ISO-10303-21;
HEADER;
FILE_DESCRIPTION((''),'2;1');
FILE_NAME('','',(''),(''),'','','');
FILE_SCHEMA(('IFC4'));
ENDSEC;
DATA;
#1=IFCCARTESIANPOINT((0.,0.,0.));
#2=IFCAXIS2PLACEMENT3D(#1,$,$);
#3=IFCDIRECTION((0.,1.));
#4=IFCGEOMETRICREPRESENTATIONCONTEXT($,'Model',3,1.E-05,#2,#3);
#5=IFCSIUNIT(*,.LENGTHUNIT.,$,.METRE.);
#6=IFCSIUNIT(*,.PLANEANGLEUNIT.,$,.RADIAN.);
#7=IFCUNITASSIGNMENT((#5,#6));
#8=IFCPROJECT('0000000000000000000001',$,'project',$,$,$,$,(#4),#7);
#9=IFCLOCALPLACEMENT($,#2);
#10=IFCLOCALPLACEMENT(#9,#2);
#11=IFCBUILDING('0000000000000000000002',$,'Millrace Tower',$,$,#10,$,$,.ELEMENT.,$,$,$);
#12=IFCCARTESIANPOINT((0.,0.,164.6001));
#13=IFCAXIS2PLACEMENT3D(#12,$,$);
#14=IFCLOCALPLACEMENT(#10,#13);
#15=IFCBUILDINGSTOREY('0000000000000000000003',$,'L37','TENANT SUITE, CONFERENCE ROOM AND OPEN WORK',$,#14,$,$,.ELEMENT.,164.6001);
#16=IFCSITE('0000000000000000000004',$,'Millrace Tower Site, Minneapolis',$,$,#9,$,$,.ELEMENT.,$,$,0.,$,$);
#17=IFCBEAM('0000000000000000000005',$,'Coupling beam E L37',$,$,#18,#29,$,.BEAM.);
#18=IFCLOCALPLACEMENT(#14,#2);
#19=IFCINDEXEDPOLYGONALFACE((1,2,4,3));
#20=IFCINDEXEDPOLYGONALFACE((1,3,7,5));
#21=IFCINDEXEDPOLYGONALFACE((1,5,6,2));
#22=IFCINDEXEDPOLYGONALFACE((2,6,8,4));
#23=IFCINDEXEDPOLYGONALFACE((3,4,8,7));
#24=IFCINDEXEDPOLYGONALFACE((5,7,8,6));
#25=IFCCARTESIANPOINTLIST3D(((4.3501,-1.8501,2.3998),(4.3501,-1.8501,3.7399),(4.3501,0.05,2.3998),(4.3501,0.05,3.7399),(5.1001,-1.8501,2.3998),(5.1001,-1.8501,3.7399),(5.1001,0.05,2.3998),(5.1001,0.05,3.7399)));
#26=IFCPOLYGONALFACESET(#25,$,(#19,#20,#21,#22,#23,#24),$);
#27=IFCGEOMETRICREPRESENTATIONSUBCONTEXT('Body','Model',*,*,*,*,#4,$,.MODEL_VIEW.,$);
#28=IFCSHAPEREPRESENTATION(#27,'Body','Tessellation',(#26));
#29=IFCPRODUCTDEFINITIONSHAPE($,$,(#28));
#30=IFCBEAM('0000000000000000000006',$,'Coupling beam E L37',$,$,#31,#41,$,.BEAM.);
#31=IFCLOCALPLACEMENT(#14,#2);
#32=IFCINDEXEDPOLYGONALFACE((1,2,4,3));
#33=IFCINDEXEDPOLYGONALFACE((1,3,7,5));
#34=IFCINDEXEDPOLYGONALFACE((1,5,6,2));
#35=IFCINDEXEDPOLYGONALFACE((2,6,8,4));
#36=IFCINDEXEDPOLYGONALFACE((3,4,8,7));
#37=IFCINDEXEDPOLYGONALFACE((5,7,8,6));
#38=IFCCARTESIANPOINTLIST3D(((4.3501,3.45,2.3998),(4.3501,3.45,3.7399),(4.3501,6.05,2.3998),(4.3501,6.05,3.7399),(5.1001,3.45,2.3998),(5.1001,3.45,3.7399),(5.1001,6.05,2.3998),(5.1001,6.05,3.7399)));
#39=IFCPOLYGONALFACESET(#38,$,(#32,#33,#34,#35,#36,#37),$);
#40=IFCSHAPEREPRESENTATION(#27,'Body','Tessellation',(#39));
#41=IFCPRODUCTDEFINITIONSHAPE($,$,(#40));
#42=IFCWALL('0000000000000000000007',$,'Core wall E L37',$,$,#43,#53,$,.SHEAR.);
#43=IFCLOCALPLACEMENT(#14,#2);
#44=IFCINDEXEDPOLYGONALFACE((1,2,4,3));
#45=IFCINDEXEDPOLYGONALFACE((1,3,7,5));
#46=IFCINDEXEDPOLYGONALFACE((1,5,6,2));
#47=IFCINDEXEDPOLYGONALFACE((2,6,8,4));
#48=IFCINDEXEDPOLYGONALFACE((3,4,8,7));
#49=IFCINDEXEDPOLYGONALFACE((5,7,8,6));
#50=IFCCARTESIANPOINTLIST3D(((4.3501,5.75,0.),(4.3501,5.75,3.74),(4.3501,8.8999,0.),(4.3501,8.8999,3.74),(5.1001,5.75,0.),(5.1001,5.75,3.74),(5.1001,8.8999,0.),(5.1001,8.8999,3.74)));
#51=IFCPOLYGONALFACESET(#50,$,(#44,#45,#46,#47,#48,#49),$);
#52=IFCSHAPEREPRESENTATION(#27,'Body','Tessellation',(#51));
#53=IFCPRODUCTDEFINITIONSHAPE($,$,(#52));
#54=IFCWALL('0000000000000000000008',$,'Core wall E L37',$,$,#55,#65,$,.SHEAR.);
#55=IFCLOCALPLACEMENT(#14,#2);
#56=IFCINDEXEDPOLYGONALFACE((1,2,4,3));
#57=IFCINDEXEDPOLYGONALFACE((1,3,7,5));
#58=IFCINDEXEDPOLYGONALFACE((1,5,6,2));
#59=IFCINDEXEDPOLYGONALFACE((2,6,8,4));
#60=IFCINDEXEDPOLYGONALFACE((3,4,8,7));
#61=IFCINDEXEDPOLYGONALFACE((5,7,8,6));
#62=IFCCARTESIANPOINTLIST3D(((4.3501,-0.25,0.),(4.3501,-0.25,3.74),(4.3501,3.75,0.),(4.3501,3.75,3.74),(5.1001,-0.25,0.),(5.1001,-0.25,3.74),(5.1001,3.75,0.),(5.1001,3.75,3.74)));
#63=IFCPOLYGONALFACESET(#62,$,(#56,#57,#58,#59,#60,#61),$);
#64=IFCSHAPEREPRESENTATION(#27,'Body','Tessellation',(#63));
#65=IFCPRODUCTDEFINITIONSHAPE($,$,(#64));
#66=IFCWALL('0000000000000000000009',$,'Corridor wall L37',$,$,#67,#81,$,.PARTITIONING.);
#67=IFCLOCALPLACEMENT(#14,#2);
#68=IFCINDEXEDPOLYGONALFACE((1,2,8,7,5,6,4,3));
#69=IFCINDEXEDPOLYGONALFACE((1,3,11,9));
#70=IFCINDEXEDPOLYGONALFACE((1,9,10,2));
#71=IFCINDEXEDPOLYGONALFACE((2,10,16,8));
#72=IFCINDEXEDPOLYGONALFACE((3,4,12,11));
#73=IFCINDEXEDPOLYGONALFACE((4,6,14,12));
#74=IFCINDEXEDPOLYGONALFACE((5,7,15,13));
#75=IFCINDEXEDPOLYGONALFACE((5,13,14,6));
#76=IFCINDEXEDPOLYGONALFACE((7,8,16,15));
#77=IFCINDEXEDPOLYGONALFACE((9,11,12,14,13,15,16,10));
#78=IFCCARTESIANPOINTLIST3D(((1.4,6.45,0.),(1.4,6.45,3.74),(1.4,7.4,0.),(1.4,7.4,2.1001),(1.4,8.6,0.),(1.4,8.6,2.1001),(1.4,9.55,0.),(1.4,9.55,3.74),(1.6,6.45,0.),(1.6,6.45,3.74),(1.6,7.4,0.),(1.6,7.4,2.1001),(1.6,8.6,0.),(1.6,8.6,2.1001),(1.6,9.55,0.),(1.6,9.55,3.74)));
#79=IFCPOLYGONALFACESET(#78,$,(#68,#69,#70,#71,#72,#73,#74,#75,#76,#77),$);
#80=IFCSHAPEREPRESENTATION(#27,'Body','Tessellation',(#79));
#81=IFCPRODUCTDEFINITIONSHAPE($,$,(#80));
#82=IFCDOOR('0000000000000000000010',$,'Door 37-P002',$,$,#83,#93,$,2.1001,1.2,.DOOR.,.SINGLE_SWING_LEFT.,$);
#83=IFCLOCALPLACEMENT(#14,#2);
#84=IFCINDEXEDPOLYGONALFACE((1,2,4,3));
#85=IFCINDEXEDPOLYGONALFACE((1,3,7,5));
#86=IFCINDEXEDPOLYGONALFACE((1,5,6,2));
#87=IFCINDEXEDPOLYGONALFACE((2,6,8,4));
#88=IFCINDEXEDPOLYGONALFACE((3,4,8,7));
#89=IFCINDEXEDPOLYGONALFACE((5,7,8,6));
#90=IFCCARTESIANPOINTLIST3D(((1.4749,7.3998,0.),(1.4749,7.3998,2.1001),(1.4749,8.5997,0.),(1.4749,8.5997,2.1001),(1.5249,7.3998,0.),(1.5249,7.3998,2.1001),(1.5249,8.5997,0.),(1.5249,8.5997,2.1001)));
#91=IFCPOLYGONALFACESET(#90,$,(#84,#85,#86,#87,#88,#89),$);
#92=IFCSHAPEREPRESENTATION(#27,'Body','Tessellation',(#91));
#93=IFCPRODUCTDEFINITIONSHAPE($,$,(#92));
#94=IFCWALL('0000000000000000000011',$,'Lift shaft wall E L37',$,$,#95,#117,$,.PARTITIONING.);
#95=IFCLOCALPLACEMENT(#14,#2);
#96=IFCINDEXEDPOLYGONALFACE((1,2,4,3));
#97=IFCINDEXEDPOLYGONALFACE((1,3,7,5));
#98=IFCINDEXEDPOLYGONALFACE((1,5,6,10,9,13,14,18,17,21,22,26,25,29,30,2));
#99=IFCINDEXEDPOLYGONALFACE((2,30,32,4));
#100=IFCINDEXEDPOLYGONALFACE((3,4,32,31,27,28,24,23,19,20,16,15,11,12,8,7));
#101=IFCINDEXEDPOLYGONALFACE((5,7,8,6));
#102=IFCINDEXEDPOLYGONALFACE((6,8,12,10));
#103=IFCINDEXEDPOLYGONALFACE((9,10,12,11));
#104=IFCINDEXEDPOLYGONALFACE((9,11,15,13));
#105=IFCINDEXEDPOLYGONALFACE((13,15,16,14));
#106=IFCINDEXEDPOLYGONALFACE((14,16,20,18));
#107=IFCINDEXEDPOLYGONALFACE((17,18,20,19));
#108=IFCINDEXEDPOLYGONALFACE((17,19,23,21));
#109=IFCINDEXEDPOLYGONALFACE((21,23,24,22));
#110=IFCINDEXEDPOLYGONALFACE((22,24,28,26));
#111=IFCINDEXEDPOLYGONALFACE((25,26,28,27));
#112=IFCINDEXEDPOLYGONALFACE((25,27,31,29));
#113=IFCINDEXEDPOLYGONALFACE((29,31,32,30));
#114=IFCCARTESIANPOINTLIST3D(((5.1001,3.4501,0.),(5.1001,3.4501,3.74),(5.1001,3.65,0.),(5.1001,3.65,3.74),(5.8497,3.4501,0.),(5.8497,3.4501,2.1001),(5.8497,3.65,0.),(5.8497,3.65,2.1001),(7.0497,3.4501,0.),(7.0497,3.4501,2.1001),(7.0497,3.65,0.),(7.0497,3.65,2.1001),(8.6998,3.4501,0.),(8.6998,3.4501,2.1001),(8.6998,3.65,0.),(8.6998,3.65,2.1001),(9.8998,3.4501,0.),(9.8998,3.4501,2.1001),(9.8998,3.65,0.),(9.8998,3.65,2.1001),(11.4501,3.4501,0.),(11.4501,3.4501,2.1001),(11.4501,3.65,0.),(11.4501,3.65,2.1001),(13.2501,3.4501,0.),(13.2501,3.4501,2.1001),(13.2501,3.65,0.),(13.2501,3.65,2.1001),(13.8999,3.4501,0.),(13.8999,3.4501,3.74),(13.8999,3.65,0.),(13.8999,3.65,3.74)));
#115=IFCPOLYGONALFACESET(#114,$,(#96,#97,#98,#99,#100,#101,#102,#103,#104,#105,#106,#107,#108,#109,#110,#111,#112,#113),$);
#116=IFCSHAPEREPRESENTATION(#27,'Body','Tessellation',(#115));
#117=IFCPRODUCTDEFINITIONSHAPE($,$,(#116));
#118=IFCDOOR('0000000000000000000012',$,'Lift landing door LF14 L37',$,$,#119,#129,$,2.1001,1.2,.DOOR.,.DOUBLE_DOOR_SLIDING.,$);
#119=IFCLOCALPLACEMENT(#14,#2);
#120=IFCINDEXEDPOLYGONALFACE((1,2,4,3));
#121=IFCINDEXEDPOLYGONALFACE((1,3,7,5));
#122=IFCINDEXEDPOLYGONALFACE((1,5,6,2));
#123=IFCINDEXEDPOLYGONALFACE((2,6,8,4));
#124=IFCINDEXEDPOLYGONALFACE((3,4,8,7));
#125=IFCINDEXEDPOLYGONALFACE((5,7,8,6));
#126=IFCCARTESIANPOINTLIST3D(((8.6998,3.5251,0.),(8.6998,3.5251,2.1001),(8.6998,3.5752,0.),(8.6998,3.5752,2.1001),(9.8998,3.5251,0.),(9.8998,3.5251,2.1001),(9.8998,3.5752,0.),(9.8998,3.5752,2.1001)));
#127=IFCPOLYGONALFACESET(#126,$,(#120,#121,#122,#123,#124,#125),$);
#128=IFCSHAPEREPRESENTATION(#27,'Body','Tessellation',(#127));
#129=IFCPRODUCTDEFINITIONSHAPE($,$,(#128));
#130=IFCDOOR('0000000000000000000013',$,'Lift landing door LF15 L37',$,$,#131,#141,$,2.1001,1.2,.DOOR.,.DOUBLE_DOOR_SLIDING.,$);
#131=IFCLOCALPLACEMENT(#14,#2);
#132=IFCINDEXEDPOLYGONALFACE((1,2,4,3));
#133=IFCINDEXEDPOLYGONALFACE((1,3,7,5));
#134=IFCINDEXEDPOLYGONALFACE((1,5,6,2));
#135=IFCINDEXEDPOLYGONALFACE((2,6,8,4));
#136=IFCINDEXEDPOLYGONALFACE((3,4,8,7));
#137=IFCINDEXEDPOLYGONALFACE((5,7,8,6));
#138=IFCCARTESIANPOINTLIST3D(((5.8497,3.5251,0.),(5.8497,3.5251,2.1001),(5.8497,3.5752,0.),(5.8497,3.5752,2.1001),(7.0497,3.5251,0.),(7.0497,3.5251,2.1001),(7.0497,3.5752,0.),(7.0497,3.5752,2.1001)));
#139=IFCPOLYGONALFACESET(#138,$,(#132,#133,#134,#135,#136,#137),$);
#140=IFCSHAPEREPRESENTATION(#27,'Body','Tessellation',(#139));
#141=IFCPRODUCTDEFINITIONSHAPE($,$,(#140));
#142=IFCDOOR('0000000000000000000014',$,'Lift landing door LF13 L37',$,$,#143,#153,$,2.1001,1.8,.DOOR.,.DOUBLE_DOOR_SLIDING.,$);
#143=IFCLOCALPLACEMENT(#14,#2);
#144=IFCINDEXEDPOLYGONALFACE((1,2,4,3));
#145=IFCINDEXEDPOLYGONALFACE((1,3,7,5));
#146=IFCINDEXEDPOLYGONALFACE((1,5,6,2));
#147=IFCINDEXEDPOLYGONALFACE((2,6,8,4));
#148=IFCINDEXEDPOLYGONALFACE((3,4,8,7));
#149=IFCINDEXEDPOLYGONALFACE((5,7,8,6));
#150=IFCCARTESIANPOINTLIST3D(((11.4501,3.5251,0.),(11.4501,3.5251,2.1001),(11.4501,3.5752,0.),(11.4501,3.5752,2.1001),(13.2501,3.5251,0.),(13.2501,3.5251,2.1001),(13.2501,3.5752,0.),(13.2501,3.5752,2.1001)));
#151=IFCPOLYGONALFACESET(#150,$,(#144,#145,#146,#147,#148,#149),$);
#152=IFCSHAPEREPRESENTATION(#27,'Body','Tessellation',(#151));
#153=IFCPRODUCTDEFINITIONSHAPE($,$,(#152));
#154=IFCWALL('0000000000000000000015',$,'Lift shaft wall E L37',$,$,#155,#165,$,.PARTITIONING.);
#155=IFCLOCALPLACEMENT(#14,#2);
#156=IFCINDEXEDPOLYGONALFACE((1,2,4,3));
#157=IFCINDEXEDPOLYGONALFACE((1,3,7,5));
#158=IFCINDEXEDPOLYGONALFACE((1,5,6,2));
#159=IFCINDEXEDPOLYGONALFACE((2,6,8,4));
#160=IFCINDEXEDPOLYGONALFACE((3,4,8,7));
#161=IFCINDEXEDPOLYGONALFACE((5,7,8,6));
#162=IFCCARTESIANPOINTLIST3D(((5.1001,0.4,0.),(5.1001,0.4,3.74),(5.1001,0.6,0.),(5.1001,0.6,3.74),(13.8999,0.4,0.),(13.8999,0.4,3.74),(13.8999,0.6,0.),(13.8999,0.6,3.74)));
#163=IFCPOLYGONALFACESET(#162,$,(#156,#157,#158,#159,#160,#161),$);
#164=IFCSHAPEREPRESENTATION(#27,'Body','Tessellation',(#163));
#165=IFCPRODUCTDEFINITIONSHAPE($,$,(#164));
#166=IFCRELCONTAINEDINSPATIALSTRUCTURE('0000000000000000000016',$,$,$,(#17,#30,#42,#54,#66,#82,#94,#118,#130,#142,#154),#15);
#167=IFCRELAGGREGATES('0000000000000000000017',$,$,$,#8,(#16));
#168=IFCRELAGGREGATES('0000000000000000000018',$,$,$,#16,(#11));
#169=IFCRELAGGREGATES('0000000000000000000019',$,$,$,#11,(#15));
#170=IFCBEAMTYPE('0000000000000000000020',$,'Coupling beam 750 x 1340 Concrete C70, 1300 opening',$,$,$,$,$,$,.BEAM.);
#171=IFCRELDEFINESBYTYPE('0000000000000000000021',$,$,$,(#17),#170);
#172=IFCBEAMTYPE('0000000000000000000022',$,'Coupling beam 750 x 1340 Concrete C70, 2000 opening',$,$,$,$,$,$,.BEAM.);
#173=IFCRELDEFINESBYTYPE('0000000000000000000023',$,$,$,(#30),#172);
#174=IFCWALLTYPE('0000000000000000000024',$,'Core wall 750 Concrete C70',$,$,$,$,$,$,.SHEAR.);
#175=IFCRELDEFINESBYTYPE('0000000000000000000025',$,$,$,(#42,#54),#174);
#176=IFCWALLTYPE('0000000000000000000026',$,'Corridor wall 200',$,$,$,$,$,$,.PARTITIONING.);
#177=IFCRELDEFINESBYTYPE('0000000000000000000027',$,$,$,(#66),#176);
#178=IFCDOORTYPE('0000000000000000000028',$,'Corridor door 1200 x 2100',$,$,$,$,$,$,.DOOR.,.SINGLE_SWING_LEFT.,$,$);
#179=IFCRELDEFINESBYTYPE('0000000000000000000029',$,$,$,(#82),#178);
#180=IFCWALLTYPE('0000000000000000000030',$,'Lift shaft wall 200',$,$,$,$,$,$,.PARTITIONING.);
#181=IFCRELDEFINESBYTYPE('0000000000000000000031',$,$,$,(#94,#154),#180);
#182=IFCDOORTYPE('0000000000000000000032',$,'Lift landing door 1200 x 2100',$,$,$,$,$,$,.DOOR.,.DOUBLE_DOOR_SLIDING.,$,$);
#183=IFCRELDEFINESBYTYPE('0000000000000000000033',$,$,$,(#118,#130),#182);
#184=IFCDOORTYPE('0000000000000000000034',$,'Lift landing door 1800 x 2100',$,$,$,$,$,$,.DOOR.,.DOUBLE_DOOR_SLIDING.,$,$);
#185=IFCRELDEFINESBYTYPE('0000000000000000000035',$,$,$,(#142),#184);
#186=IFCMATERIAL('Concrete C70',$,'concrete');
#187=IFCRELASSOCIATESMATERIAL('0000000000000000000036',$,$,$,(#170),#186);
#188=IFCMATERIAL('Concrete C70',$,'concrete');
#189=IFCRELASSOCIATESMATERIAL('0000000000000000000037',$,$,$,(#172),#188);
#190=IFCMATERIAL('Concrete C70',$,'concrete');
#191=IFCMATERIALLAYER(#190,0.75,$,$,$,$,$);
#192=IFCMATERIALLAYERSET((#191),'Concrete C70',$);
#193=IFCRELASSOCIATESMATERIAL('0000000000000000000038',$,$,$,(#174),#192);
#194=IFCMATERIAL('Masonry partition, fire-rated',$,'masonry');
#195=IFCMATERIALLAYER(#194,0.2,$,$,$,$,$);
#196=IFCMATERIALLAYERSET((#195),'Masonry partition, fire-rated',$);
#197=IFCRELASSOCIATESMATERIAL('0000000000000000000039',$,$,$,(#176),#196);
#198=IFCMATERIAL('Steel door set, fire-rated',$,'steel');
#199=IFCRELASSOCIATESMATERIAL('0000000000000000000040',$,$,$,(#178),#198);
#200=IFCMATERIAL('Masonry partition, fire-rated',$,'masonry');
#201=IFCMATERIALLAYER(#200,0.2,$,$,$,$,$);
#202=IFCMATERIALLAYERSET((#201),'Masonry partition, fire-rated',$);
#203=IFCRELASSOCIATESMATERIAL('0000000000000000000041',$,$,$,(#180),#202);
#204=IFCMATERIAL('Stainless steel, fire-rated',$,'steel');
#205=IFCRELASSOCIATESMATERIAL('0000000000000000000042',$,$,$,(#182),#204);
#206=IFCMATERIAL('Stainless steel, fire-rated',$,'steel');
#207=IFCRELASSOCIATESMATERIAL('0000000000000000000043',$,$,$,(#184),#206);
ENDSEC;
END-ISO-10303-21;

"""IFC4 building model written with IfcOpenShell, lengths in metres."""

from ifc_helpers import new_model, si_unit, direction, frame, frame_2d, origin, origin_2d, place, context, subcontext, project, spatial, rectangle, extrude, material, layer, layer_set, material_profile, profile_set, type_object, element, fill, save


model = new_model("IFC4")

# Units and contexts
model_context = context("Model", 3, precision=1e-05, world=origin(), true_north=direction((0.0, 1.0)))
body_context = subcontext(model_context, "Body", "Model", "MODEL_VIEW")
ifc_project = project(units=[si_unit("LENGTHUNIT", "METRE"), si_unit("PLANEANGLEUNIT", "RADIAN")], contexts=[model_context])

# Site, building, storey
site_placement = place(None, origin())
site = spatial("IfcSite", under=ifc_project, at=site_placement, Name="Millrace Tower Site, Minneapolis", CompositionType="ELEMENT", RefElevation=0.0)
building_placement = place(site_placement, origin())
building = spatial("IfcBuilding", under=site, at=building_placement, Name="Millrace Tower", CompositionType="ELEMENT")
storey_placement = place(building_placement, frame((0.0, 0.0, 164.6001)))
storey = spatial("IfcBuildingStorey", under=building, at=storey_placement, Name="L37", Description="TENANT SUITE, CONFERENCE ROOM AND OPEN WORK", CompositionType="ELEMENT", Elevation=164.6001)

# Beams
ifc_material_1 = material(Name="Concrete C70", Category="concrete")
ifc_material_profile_1 = material_profile(ifc_material_1, rectangle(XDim=0.75, YDim=1.3401, at=origin_2d()))
ifc_profile_set_1 = profile_set([ifc_material_profile_1], Name="Concrete C70")
beam_type_1 = type_object("IfcBeamType", Name="Coupling beam 750 x 1340 Concrete C70, 1300 opening", PredefinedType="BEAM", material=ifc_profile_set_1)
beam_1_placement = place(storey_placement, frame((4.7251, 0.05, 3.0698), z_axis=(0.0, -1.0, 0.0), x_axis=(1.0, 0.0, 0.0)))
element("IfcBeam", 1, at=beam_1_placement, inside=storey, type_object=beam_type_1, Name="Coupling beam E L37", PredefinedType="BEAM", context=body_context, shape_type="SweptSolid", body=[
    extrude(rectangle(XDim=0.75, YDim=1.3401, at=origin_2d()), origin(), (0.0, 0.0, 1.0), 1.9001),
])
ifc_material_2 = material(Name="Concrete C70", Category="concrete")
ifc_material_profile_2 = material_profile(ifc_material_2, rectangle(XDim=0.75, YDim=1.3401, at=origin_2d()))
ifc_profile_set_2 = profile_set([ifc_material_profile_2], Name="Concrete C70")
beam_type_2 = type_object("IfcBeamType", Name="Coupling beam 750 x 1340 Concrete C70, 2000 opening", PredefinedType="BEAM", material=ifc_profile_set_2)
beam_2_placement = place(storey_placement, frame((4.7251, 6.05, 3.0698), z_axis=(0.0, -1.0, 0.0), x_axis=(1.0, 0.0, 0.0)))
element("IfcBeam", 2, at=beam_2_placement, inside=storey, type_object=beam_type_2, Name="Coupling beam E L37", PredefinedType="BEAM", context=body_context, shape_type="SweptSolid", body=[
    extrude(rectangle(XDim=0.75, YDim=1.3401, at=origin_2d()), origin(), (0.0, 0.0, 1.0), 2.6001),
])

# Walls
ifc_material_3 = material(Name="Concrete C70", Category="concrete")
ifc_layer_1 = layer(ifc_material_3, 0.75)
ifc_layer_set_1 = layer_set([ifc_layer_1], Name="Concrete C70")
wall_type_1 = type_object("IfcWallType", Name="Core wall 750 Concrete C70", PredefinedType="SHEAR", material=ifc_layer_set_1)
wall_1_placement = place(storey_placement, frame((4.7251, 8.8999, 0.0), z_axis=(0.0, 0.0, 1.0), x_axis=(0.0, -1.0, 0.0)))
element("IfcWall", 3, at=wall_1_placement, inside=storey, type_object=wall_type_1, Name="Core wall E L37", PredefinedType="SHEAR", context=body_context, shape_type="SweptSolid", body=[
    extrude(rectangle(XDim=3.1499, YDim=0.75, at=frame_2d((1.575, 0.0))), origin(), (0.0, 0.0, 1.0), 3.74),
])
wall_2_placement = place(storey_placement, frame((4.7251, 3.75, 0.0), z_axis=(0.0, 0.0, 1.0), x_axis=(0.0, -1.0, 0.0)))
element("IfcWall", 4, at=wall_2_placement, inside=storey, type_object=wall_type_1, Name="Core wall E L37", PredefinedType="SHEAR", context=body_context, shape_type="SweptSolid", body=[
    extrude(rectangle(XDim=4.0, YDim=0.75, at=frame_2d((2.0, 0.0))), origin(), (0.0, 0.0, 1.0), 3.74),
])

# Wall, opening, door
ifc_material_4 = material(Name="Masonry partition, fire-rated", Category="masonry")
ifc_layer_2 = layer(ifc_material_4, 0.2)
ifc_layer_set_2 = layer_set([ifc_layer_2], Name="Masonry partition, fire-rated")
wall_type_2 = type_object("IfcWallType", Name="Corridor wall 200", PredefinedType="PARTITIONING", material=ifc_layer_set_2)
wall_3_placement = place(storey_placement, frame((1.5, 6.45, 0.0), z_axis=(0.0, 0.0, 1.0), x_axis=(0.0, 1.0, 0.0)))
wall_3 = element("IfcWall", 5, at=wall_3_placement, inside=storey, type_object=wall_type_2, Name="Corridor wall L37", PredefinedType="PARTITIONING", context=body_context, shape_type="SweptSolid", body=[
    extrude(rectangle(XDim=3.1001, YDim=0.2, at=frame_2d((1.55, 0.0))), origin(), (0.0, 0.0, 1.0), 3.74),
])
opening_1_placement = place(wall_3_placement, frame((0.95, 0.0, 0.0)))
opening_1 = element("IfcOpeningElement", 6, at=opening_1_placement, cuts=wall_3, PredefinedType="OPENING", context=body_context, shape_type="SweptSolid", body=[
    extrude(rectangle(XDim=1.2, YDim=2.1001, at=frame_2d((0.6001, 1.05))), frame((0.0, 0.1099, 0.0), z_axis=(0.0, -1.0, 0.0), x_axis=(1.0, 0.0, 0.0)), (0.0, 0.0, 1.0), 0.22),
])
ifc_material_5 = material(Name="Steel door set, fire-rated", Category="steel")
door_type_1 = type_object("IfcDoorType", Name="Corridor door 1200 x 2100", OperationType="SINGLE_SWING_LEFT", PredefinedType="DOOR", material=ifc_material_5)
door_1_placement = place(opening_1_placement, frame((1.2, 0.0, 0.0), z_axis=(0.0, 0.0, 1.0), x_axis=(-1.0, 0.0, 0.0)))
door_1 = element("IfcDoor", 7, at=door_1_placement, inside=storey, type_object=door_type_1, Name="Door 37-P002", OperationType="SINGLE_SWING_LEFT", OverallHeight=2.1001, OverallWidth=1.2, PredefinedType="DOOR", context=body_context, shape_type="SweptSolid", body=[
    extrude(rectangle(XDim=1.2, YDim=2.1001, at=frame_2d((0.6001, 1.05))), frame((0.0, 0.0249, 0.0), z_axis=(0.0, -1.0, 0.0), x_axis=(1.0, 0.0, 0.0)), (0.0, 0.0, 1.0), 0.05),
])
fill(opening_1, door_1)

# Wall, openings, doors
ifc_material_6 = material(Name="Masonry partition, fire-rated", Category="masonry")
ifc_layer_3 = layer(ifc_material_6, 0.2)
ifc_layer_set_3 = layer_set([ifc_layer_3], Name="Masonry partition, fire-rated")
wall_type_3 = type_object("IfcWallType", Name="Lift shaft wall 200", PredefinedType="PARTITIONING", material=ifc_layer_set_3)
wall_4_placement = place(storey_placement, frame((13.8999, 3.55, 0.0), z_axis=(0.0, 0.0, 1.0), x_axis=(-1.0, 0.0, 0.0)))
wall_4 = element("IfcWall", 8, at=wall_4_placement, inside=storey, type_object=wall_type_3, Name="Lift shaft wall E L37", PredefinedType="PARTITIONING", context=body_context, shape_type="SweptSolid", body=[
    extrude(rectangle(XDim=8.7998, YDim=0.2, at=frame_2d((4.3999, 0.0))), origin(), (0.0, 0.0, 1.0), 3.74),
])
opening_2_placement = place(wall_4_placement, frame((0.6499, 0.0, 0.0)))
opening_2 = element("IfcOpeningElement", 9, at=opening_2_placement, cuts=wall_4, PredefinedType="OPENING", context=body_context, shape_type="SweptSolid", body=[
    extrude(rectangle(XDim=1.8, YDim=2.1001, at=frame_2d((0.8999, 1.05))), frame((0.0, 0.1099, 0.0), z_axis=(0.0, -1.0, 0.0), x_axis=(1.0, 0.0, 0.0)), (0.0, 0.0, 1.0), 0.22),
])
opening_3_placement = place(wall_4_placement, frame((4.0, 0.0, 0.0)))
opening_3 = element("IfcOpeningElement", 10, at=opening_3_placement, cuts=wall_4, PredefinedType="OPENING", context=body_context, shape_type="SweptSolid", body=[
    extrude(rectangle(XDim=1.2, YDim=2.1001, at=frame_2d((0.6001, 1.05))), frame((0.0, 0.1099, 0.0), z_axis=(0.0, -1.0, 0.0), x_axis=(1.0, 0.0, 0.0)), (0.0, 0.0, 1.0), 0.22),
])
opening_4_placement = place(wall_4_placement, frame((6.8501, 0.0, 0.0)))
opening_4 = element("IfcOpeningElement", 11, at=opening_4_placement, cuts=wall_4, PredefinedType="OPENING", context=body_context, shape_type="SweptSolid", body=[
    extrude(rectangle(XDim=1.2, YDim=2.1001, at=frame_2d((0.6001, 1.05))), frame((0.0, 0.1099, 0.0), z_axis=(0.0, -1.0, 0.0), x_axis=(1.0, 0.0, 0.0)), (0.0, 0.0, 1.0), 0.22),
])
ifc_material_7 = material(Name="Stainless steel, fire-rated", Category="steel")
door_type_2 = type_object("IfcDoorType", Name="Lift landing door 1200 x 2100", OperationType="DOUBLE_DOOR_SLIDING", PredefinedType="DOOR", material=ifc_material_7)
door_2_placement = place(opening_3_placement, origin())
door_2 = element("IfcDoor", 12, at=door_2_placement, inside=storey, type_object=door_type_2, Name="Lift landing door LF14 L37", OperationType="DOUBLE_DOOR_SLIDING", OverallHeight=2.1001, OverallWidth=1.2, PredefinedType="DOOR", context=body_context, shape_type="SweptSolid", body=[
    extrude(rectangle(XDim=1.2, YDim=2.1001, at=frame_2d((0.6001, 1.05))), frame((0.0, 0.0249, 0.0), z_axis=(0.0, -1.0, 0.0), x_axis=(1.0, 0.0, 0.0)), (0.0, 0.0, 1.0), 0.05),
])
fill(opening_3, door_2)
door_3_placement = place(opening_4_placement, origin())
door_3 = element("IfcDoor", 13, at=door_3_placement, inside=storey, type_object=door_type_2, Name="Lift landing door LF15 L37", OperationType="DOUBLE_DOOR_SLIDING", OverallHeight=2.1001, OverallWidth=1.2, PredefinedType="DOOR", context=body_context, shape_type="SweptSolid", body=[
    extrude(rectangle(XDim=1.2, YDim=2.1001, at=frame_2d((0.6001, 1.05))), frame((0.0, 0.0249, 0.0), z_axis=(0.0, -1.0, 0.0), x_axis=(1.0, 0.0, 0.0)), (0.0, 0.0, 1.0), 0.05),
])
fill(opening_4, door_3)
ifc_material_8 = material(Name="Stainless steel, fire-rated", Category="steel")
door_type_3 = type_object("IfcDoorType", Name="Lift landing door 1800 x 2100", OperationType="DOUBLE_DOOR_SLIDING", PredefinedType="DOOR", material=ifc_material_8)
door_4_placement = place(opening_2_placement, origin())
door_4 = element("IfcDoor", 14, at=door_4_placement, inside=storey, type_object=door_type_3, Name="Lift landing door LF13 L37", OperationType="DOUBLE_DOOR_SLIDING", OverallHeight=2.1001, OverallWidth=1.8, PredefinedType="DOOR", context=body_context, shape_type="SweptSolid", body=[
    extrude(rectangle(XDim=1.8, YDim=2.1001, at=frame_2d((0.8999, 1.05))), frame((0.0, 0.0249, 0.0), z_axis=(0.0, -1.0, 0.0), x_axis=(1.0, 0.0, 0.0)), (0.0, 0.0, 1.0), 0.05),
])
fill(opening_2, door_4)

# Wall
wall_5_placement = place(storey_placement, frame((13.8999, 0.5, 0.0), z_axis=(0.0, 0.0, 1.0), x_axis=(-1.0, 0.0, 0.0)))
element("IfcWall", 15, at=wall_5_placement, inside=storey, type_object=wall_type_3, Name="Lift shaft wall E L37", PredefinedType="PARTITIONING", context=body_context, shape_type="SweptSolid", body=[
    extrude(rectangle(XDim=8.7998, YDim=0.2, at=frame_2d((4.3999, 0.0))), origin(), (0.0, 0.0, 1.0), 3.74),
])

save(model, "model.ifc")
